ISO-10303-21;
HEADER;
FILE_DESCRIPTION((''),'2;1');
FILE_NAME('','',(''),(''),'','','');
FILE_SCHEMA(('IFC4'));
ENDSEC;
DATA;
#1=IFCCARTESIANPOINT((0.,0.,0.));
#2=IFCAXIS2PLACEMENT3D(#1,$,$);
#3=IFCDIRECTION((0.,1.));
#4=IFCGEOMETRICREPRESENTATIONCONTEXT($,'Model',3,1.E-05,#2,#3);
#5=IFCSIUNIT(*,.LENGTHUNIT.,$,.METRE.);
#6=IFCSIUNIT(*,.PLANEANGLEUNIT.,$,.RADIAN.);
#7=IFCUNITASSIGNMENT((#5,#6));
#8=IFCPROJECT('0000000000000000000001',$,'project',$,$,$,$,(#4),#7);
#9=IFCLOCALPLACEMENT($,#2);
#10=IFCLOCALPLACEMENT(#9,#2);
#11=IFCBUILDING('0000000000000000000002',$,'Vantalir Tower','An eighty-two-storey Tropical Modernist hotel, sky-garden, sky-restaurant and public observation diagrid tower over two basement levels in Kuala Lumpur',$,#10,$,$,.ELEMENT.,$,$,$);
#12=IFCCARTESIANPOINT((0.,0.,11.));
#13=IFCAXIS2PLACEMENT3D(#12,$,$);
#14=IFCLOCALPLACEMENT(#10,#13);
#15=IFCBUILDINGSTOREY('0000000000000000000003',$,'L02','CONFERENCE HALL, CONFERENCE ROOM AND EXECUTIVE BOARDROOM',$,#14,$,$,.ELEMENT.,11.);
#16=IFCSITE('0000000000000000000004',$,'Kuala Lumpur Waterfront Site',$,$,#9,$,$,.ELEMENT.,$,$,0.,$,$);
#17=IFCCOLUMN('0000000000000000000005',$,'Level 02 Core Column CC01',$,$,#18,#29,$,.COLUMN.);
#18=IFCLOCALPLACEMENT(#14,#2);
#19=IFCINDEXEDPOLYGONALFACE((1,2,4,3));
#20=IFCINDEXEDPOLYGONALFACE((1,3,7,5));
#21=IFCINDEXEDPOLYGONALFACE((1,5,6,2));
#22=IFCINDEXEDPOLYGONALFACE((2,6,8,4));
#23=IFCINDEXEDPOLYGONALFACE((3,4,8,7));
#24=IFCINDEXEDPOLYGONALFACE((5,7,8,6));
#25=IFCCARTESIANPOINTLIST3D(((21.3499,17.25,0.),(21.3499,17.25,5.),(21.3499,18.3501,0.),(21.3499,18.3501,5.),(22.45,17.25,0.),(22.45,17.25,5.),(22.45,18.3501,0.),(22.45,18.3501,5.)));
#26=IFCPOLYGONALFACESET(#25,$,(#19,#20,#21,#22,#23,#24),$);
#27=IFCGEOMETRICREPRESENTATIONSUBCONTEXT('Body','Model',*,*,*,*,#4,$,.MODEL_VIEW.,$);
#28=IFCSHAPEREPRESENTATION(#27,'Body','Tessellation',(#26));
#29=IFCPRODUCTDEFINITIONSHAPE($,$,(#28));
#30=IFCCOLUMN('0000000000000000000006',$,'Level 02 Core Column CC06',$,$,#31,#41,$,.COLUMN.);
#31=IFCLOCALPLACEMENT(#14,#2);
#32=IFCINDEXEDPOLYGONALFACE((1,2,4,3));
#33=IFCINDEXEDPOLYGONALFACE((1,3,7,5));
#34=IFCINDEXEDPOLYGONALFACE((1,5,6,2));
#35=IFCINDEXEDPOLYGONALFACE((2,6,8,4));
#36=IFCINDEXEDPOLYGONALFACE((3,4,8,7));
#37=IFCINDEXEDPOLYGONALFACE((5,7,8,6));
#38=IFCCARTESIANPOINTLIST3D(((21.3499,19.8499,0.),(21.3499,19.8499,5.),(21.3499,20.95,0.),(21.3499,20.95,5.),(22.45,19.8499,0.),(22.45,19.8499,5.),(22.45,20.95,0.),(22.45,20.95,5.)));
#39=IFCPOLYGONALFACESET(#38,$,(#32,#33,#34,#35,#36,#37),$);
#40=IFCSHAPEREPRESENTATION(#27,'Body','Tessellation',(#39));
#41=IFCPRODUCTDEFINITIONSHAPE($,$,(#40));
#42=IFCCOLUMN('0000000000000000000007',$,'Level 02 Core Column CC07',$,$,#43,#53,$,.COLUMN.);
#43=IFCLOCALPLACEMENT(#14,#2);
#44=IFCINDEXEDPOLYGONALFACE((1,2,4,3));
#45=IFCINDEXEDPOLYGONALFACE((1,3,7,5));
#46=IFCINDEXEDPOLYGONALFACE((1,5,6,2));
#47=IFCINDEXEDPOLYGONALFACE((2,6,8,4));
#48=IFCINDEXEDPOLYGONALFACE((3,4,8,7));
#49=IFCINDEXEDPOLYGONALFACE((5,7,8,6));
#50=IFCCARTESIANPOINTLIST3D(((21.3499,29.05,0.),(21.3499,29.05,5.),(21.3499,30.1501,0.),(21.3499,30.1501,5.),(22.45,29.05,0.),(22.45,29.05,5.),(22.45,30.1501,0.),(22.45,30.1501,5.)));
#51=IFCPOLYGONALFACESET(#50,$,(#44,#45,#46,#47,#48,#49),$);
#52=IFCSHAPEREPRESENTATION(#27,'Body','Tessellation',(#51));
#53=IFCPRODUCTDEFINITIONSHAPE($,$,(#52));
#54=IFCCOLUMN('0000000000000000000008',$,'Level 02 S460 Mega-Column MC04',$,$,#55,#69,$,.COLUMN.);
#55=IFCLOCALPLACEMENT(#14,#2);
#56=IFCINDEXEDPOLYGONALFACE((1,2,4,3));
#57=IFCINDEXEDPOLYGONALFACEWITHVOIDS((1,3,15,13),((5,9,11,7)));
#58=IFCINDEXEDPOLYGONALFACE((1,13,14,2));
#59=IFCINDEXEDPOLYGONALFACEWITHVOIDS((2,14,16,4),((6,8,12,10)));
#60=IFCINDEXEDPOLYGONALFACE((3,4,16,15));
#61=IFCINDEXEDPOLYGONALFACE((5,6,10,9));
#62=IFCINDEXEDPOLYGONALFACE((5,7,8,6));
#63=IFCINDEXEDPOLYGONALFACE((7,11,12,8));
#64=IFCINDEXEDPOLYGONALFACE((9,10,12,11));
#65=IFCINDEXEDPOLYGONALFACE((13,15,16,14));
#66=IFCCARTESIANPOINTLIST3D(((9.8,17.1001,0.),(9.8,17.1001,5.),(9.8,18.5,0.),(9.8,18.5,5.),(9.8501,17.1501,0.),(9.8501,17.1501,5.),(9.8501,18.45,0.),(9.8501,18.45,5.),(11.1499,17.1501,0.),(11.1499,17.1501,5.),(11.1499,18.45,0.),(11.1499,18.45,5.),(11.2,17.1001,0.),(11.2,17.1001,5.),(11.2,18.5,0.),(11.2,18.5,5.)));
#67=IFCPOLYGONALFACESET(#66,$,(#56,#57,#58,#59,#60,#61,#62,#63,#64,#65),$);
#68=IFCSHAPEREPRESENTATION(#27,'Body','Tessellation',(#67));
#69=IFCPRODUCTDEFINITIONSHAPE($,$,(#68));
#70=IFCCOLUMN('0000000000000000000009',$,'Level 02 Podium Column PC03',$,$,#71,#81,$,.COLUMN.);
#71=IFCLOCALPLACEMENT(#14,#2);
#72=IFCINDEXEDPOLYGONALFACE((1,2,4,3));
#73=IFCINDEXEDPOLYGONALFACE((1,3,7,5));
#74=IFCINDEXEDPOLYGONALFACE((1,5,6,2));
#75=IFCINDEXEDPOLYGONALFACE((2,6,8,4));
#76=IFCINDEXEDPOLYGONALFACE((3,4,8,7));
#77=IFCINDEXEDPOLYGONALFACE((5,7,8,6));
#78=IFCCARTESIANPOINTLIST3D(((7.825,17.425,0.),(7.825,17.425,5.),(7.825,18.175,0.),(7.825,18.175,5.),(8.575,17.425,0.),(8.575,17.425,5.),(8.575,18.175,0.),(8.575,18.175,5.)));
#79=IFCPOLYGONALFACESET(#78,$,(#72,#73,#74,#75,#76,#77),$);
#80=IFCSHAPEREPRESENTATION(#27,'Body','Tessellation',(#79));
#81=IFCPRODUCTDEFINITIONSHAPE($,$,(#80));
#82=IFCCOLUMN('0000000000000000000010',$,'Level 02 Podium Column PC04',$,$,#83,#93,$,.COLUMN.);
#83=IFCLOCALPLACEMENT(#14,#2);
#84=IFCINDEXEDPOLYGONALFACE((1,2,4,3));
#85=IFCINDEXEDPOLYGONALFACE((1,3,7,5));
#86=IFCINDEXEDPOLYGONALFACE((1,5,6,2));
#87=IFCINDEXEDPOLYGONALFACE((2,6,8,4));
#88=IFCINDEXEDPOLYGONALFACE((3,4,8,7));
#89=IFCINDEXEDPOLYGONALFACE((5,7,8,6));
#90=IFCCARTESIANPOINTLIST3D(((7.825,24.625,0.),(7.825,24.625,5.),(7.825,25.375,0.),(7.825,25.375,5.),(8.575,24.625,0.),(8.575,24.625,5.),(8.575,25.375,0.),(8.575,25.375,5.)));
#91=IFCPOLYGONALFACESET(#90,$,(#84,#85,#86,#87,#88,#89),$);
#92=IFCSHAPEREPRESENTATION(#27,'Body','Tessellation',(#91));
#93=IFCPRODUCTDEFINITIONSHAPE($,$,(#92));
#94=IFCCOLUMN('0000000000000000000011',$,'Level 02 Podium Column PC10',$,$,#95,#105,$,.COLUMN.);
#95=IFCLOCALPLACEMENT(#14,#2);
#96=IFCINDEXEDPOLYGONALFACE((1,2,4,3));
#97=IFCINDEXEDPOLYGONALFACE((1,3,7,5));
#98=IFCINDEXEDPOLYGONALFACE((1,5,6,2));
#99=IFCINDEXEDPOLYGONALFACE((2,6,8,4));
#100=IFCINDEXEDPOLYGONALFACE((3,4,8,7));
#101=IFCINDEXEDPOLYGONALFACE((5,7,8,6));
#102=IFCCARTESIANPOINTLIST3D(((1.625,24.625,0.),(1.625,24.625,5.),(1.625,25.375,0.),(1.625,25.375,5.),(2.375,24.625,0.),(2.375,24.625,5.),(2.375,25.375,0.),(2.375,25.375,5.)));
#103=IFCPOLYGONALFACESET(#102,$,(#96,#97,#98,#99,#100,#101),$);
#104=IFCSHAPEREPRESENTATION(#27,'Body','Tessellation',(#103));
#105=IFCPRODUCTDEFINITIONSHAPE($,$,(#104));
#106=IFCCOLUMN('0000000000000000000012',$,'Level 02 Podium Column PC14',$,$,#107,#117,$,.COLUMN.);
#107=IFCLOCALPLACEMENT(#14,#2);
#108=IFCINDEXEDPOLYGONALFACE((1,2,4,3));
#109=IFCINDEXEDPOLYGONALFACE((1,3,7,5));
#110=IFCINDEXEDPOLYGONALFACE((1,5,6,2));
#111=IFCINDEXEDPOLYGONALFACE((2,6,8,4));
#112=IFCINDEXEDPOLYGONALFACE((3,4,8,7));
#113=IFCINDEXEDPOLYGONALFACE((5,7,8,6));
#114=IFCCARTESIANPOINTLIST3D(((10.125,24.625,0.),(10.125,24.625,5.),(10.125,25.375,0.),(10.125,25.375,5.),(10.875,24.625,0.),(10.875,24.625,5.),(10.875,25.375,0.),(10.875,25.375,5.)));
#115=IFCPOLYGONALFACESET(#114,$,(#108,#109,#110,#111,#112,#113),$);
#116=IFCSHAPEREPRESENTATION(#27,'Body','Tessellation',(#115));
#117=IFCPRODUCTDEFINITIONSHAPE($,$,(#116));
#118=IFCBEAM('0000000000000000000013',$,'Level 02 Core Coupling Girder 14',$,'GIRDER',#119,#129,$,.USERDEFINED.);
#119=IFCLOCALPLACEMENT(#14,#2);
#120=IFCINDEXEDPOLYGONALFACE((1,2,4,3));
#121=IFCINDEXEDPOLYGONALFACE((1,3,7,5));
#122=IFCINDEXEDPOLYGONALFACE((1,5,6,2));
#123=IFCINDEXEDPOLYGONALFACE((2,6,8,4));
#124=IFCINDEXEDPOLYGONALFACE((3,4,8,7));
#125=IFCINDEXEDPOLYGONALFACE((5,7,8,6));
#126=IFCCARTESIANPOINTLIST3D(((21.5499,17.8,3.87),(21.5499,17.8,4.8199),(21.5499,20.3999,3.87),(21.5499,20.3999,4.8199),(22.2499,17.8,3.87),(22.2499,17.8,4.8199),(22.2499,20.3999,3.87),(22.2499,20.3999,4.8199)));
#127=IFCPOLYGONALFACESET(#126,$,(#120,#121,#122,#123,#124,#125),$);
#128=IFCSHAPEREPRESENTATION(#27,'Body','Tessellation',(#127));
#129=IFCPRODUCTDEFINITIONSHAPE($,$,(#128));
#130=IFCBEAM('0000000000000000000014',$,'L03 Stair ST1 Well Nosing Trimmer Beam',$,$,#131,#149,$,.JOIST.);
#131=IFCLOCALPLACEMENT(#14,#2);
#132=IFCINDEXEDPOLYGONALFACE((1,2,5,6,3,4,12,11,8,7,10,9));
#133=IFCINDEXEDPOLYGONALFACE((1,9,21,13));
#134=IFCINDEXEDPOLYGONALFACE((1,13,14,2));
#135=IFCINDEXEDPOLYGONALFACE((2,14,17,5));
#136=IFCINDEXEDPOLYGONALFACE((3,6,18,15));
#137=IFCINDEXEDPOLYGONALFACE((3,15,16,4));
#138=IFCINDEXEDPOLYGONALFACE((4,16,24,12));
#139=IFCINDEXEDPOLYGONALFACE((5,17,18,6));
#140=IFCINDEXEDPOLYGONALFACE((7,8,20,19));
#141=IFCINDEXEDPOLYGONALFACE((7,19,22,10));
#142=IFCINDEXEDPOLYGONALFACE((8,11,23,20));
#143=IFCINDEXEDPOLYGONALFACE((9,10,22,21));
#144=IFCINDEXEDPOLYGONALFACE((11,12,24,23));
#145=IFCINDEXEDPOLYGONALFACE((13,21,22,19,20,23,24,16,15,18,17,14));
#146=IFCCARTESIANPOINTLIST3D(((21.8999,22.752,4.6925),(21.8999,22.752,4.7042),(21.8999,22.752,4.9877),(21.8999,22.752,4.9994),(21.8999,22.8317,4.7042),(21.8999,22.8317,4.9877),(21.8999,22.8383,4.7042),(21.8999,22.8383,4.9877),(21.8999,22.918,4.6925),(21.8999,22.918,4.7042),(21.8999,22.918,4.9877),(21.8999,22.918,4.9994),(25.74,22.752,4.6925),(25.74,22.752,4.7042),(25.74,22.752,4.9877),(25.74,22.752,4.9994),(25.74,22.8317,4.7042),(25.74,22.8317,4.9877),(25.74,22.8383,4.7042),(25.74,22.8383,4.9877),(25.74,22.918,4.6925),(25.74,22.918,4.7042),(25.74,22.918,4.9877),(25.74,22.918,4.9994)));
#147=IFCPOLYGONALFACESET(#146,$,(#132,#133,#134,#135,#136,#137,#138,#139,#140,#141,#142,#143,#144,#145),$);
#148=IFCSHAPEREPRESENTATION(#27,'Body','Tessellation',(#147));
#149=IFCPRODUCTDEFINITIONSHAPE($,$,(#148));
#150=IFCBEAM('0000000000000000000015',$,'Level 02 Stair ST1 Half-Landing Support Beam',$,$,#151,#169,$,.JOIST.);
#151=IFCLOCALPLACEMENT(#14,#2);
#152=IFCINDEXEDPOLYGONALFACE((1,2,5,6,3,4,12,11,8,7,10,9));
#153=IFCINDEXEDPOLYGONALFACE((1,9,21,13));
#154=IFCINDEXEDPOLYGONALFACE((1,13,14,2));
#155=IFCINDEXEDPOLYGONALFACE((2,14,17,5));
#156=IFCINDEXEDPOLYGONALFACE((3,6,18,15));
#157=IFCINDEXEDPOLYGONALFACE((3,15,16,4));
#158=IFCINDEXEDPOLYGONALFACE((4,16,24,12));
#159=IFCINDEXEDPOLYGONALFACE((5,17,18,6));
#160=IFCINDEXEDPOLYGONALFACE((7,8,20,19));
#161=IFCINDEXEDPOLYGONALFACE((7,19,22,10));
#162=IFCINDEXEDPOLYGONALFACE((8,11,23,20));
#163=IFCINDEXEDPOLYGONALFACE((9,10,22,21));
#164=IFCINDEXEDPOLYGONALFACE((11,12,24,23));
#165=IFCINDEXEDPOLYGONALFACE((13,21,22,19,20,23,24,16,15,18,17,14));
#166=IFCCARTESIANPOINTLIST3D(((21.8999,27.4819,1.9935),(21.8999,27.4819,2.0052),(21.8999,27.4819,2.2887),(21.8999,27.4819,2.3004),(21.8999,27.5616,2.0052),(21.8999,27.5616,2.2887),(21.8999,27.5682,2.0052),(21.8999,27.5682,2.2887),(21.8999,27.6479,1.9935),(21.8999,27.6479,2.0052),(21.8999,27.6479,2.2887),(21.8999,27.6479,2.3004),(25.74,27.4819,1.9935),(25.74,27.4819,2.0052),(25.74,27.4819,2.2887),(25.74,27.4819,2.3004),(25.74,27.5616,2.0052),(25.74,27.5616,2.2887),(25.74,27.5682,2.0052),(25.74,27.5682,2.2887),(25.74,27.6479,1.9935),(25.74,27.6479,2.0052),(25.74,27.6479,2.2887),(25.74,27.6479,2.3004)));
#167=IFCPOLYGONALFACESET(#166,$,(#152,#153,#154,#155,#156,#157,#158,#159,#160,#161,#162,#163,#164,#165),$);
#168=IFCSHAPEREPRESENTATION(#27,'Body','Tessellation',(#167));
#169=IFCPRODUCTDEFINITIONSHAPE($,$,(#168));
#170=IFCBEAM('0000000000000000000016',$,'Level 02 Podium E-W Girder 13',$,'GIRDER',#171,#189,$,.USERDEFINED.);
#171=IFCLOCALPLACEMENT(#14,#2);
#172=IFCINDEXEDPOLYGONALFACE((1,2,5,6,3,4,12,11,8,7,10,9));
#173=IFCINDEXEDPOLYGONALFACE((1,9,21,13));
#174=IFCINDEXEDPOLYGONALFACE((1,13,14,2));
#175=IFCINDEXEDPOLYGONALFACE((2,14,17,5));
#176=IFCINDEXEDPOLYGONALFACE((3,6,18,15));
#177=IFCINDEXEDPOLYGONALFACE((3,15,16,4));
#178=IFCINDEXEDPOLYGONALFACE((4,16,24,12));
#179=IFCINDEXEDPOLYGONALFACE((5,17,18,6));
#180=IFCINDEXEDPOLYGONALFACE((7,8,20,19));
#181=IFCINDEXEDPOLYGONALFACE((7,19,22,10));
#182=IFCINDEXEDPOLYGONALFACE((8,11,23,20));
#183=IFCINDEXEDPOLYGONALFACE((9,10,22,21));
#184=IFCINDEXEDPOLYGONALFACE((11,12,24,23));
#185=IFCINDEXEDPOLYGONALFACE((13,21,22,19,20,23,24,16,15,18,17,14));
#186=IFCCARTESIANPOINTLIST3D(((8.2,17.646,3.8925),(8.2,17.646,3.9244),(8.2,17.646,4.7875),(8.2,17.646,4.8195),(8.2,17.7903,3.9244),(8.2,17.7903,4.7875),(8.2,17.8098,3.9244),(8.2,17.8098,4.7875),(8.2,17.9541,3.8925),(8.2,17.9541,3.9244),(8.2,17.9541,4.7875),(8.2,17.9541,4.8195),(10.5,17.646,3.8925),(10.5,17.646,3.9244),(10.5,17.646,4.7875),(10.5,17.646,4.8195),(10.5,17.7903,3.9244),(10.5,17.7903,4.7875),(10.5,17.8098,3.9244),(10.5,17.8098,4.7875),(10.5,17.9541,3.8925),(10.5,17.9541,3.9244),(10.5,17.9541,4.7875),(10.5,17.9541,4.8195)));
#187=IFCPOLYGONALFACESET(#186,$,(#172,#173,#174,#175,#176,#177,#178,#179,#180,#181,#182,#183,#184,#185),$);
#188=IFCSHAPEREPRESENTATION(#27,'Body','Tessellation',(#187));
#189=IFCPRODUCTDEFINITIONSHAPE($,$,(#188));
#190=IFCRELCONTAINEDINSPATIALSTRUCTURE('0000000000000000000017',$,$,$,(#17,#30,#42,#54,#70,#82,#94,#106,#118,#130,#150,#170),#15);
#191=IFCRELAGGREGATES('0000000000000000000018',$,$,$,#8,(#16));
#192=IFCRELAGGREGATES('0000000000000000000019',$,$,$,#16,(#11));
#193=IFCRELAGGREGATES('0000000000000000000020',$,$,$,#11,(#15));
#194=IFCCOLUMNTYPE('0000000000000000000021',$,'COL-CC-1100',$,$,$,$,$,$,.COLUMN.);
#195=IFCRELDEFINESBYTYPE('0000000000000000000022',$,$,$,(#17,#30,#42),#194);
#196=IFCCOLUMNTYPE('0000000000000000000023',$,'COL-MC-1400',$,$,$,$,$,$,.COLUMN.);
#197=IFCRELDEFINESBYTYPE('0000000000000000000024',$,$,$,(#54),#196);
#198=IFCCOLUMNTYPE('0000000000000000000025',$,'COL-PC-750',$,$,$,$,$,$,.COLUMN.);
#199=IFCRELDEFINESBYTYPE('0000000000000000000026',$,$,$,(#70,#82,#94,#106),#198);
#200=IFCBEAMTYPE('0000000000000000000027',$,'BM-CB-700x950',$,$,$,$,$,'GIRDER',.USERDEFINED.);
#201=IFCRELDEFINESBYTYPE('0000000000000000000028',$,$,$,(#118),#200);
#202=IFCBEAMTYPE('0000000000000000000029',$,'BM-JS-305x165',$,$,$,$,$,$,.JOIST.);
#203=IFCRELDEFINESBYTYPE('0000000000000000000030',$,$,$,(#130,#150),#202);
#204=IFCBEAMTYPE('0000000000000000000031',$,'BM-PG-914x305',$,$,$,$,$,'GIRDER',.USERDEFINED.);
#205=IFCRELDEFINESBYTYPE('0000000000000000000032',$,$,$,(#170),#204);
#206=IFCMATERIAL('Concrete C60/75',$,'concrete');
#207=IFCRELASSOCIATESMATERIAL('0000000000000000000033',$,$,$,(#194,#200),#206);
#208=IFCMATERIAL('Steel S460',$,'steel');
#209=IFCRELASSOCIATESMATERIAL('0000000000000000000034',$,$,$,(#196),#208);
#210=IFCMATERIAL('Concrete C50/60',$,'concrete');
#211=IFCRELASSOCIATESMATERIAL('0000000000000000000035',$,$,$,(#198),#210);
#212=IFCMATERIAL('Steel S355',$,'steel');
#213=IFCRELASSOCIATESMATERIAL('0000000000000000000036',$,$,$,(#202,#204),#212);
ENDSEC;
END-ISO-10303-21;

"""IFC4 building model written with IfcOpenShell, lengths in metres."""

from ifc_helpers import new_model, si_unit, direction, frame, origin, origin_2d, place, context, subcontext, project, spatial, rectangle, hollow_rectangle, i_section, extrude, material, material_profile, profile_set, type_object, element, save


model = new_model("IFC4")

# Units and contexts
model_context = context("Model", 3, precision=1e-05, world=origin(), true_north=direction((0.0, 1.0)))
body_context = subcontext(model_context, "Body", "Model", "MODEL_VIEW")
ifc_project = project(units=[si_unit("LENGTHUNIT", "METRE"), si_unit("PLANEANGLEUNIT", "RADIAN")], contexts=[model_context])

# Site, building, storey
site_placement = place(None, origin())
site = spatial("IfcSite", under=ifc_project, at=site_placement, Name="Kuala Lumpur Waterfront Site", CompositionType="ELEMENT", RefElevation=0.0)
building_placement = place(site_placement, origin())
building = spatial("IfcBuilding", under=site, at=building_placement, Name="Vantalir Tower", Description="An eighty-two-storey Tropical Modernist hotel, sky-garden, sky-restaurant and public observation diagrid tower over two basement levels in Kuala Lumpur", CompositionType="ELEMENT")
storey_placement = place(building_placement, frame((0.0, 0.0, 11.0)))
storey = spatial("IfcBuildingStorey", under=building, at=storey_placement, Name="L02", Description="CONFERENCE HALL, CONFERENCE ROOM AND EXECUTIVE BOARDROOM", CompositionType="ELEMENT", Elevation=11.0)

# Columns
ifc_material_1 = material(Name="Concrete C60/75", Category="concrete")
ifc_material_profile_1 = material_profile(ifc_material_1, rectangle(XDim=1.1001, YDim=1.1001, at=origin_2d()), Name="Concrete C60/75")
ifc_profile_set_1 = profile_set([ifc_material_profile_1], Name="Concrete C60/75")
column_type_1 = type_object("IfcColumnType", Name="COL-CC-1100", PredefinedType="COLUMN", material=ifc_profile_set_1)
for number, where, z_axis, x_axis, name in (
    (1, (21.8999, 17.8, 0.0), (0.0, 0.0, 1.0), (1.0, 0.0, 0.0), "Level 02 Core Column CC01"),
    (2, (21.8999, 20.3999, 0.0), (0.0, 0.0, 1.0), (1.0, 0.0, 0.0), "Level 02 Core Column CC06"),
    (3, (21.8999, 29.6001, 0.0), (0.0, 0.0, 1.0), (1.0, 0.0, 0.0), "Level 02 Core Column CC07"),
):
    element("IfcColumn", number, at=place(storey_placement, frame(where, z_axis=z_axis, x_axis=x_axis)), inside=storey, type_object=column_type_1, Name=name, PredefinedType="COLUMN", context=body_context, shape_type="SweptSolid", body=[
        extrude(rectangle(XDim=1.1001, YDim=1.1001, at=origin_2d()), origin(), (0.0, 0.0, 1.0), 5.0),
    ])
ifc_material_2 = material(Name="Steel S460", Category="steel")
ifc_material_profile_2 = material_profile(ifc_material_2, hollow_rectangle(XDim=1.3999, YDim=1.3999, WallThickness=0.05, at=origin_2d()), Name="Steel S460")
ifc_profile_set_2 = profile_set([ifc_material_profile_2], Name="Steel S460")
column_type_2 = type_object("IfcColumnType", Name="COL-MC-1400", PredefinedType="COLUMN", material=ifc_profile_set_2)
column_placement = place(storey_placement, frame((10.5, 17.8, 0.0), z_axis=(0.0, 0.0, 1.0), x_axis=(1.0, 0.0, 0.0)))
element("IfcColumn", 4, at=column_placement, inside=storey, type_object=column_type_2, Name="Level 02 S460 Mega-Column MC04", PredefinedType="COLUMN", context=body_context, shape_type="SweptSolid", body=[
    extrude(hollow_rectangle(XDim=1.3999, YDim=1.3999, WallThickness=0.05, at=origin_2d()), origin(), (0.0, 0.0, 1.0), 5.0),
])
ifc_material_3 = material(Name="Concrete C50/60", Category="concrete")
ifc_material_profile_3 = material_profile(ifc_material_3, rectangle(XDim=0.75, YDim=0.75, at=origin_2d()), Name="Concrete C50/60")
ifc_profile_set_3 = profile_set([ifc_material_profile_3], Name="Concrete C50/60")
column_type_3 = type_object("IfcColumnType", Name="COL-PC-750", PredefinedType="COLUMN", material=ifc_profile_set_3)
for number, where, z_axis, x_axis, name in (
    (5, (8.2, 17.8, 0.0), (0.0, 0.0, 1.0), (1.0, 0.0, 0.0), "Level 02 Podium Column PC03"),
    (6, (8.2, 25.0, 0.0), (0.0, 0.0, 1.0), (1.0, 0.0, 0.0), "Level 02 Podium Column PC04"),
    (7, (2.0, 25.0, 0.0), (0.0, 0.0, 1.0), (1.0, 0.0, 0.0), "Level 02 Podium Column PC10"),
    (8, (10.5, 25.0, 0.0), (0.0, 0.0, 1.0), (1.0, 0.0, 0.0), "Level 02 Podium Column PC14"),
):
    element("IfcColumn", number, at=place(storey_placement, frame(where, z_axis=z_axis, x_axis=x_axis)), inside=storey, type_object=column_type_3, Name=name, PredefinedType="COLUMN", context=body_context, shape_type="SweptSolid", body=[
        extrude(rectangle(XDim=0.75, YDim=0.75, at=origin_2d()), origin(), (0.0, 0.0, 1.0), 5.0),
    ])

# Beams
ifc_material_profile_4 = material_profile(ifc_material_1, rectangle(XDim=0.7, YDim=0.95, at=origin_2d()), Name="Concrete C60/75")
ifc_profile_set_4 = profile_set([ifc_material_profile_4], Name="Concrete C60/75")
beam_type_1 = type_object("IfcBeamType", Name="BM-CB-700x950", ElementType="GIRDER", PredefinedType="USERDEFINED", material=ifc_profile_set_4)
beam_1_placement = place(storey_placement, frame((21.8999, 20.3999, 4.345), z_axis=(0.0, -1.0, 0.0), x_axis=(1.0, 0.0, 0.0)))
element("IfcBeam", 9, at=beam_1_placement, inside=storey, type_object=beam_type_1, Name="Level 02 Core Coupling Girder 14", ObjectType="GIRDER", PredefinedType="USERDEFINED", context=body_context, shape_type="SweptSolid", body=[
    extrude(rectangle(XDim=0.7, YDim=0.95, at=origin_2d()), origin(), (0.0, 0.0, 1.0), 2.5999),
])
ifc_material_4 = material(Name="Steel S355", Category="steel")
ifc_material_profile_5 = material_profile(ifc_material_4, i_section(OverallWidth=0.166, OverallDepth=0.3069, WebThickness=0.0066, FlangeThickness=0.0117, at=origin_2d()), Name="Steel S355")
ifc_profile_set_5 = profile_set([ifc_material_profile_5], Name="Steel S355")
beam_type_2 = type_object("IfcBeamType", Name="BM-JS-305x165", PredefinedType="JOIST", material=ifc_profile_set_5)
for number, where, z_axis, x_axis, name in (
    (10, (21.8999, 22.835, 4.8459), (1.0, 0.0, 0.0), (0.0, 1.0, 0.0), "L03 Stair ST1 Well Nosing Trimmer Beam"),
    (11, (21.8999, 27.5649, 2.147), (1.0, 0.0, 0.0), (0.0, 1.0, 0.0), "Level 02 Stair ST1 Half-Landing Support Beam"),
):
    element("IfcBeam", number, at=place(storey_placement, frame(where, z_axis=z_axis, x_axis=x_axis)), inside=storey, type_object=beam_type_2, Name=name, PredefinedType="JOIST", context=body_context, shape_type="SweptSolid", body=[
        extrude(i_section(OverallWidth=0.166, OverallDepth=0.3069, WebThickness=0.0066, FlangeThickness=0.0117, at=origin_2d()), origin(), (0.0, 0.0, 1.0), 3.8401),
    ])
ifc_material_profile_6 = material_profile(ifc_material_4, i_section(OverallWidth=0.3081, OverallDepth=0.927, WebThickness=0.0195, FlangeThickness=0.032, at=origin_2d()), Name="Steel S355")
ifc_profile_set_6 = profile_set([ifc_material_profile_6], Name="Steel S355")
beam_type_3 = type_object("IfcBeamType", Name="BM-PG-914x305", ElementType="GIRDER", PredefinedType="USERDEFINED", material=ifc_profile_set_6)
beam_2_placement = place(storey_placement, frame((8.2, 17.8, 4.356), z_axis=(1.0, 0.0, 0.0), x_axis=(0.0, 1.0, 0.0)))
element("IfcBeam", 12, at=beam_2_placement, inside=storey, type_object=beam_type_3, Name="Level 02 Podium E-W Girder 13", ObjectType="GIRDER", PredefinedType="USERDEFINED", context=body_context, shape_type="SweptSolid", body=[
    extrude(i_section(OverallWidth=0.3081, OverallDepth=0.927, WebThickness=0.0195, FlangeThickness=0.032, at=origin_2d()), origin(), (0.0, 0.0, 1.0), 2.3),
])

save(model, "model.ifc")
